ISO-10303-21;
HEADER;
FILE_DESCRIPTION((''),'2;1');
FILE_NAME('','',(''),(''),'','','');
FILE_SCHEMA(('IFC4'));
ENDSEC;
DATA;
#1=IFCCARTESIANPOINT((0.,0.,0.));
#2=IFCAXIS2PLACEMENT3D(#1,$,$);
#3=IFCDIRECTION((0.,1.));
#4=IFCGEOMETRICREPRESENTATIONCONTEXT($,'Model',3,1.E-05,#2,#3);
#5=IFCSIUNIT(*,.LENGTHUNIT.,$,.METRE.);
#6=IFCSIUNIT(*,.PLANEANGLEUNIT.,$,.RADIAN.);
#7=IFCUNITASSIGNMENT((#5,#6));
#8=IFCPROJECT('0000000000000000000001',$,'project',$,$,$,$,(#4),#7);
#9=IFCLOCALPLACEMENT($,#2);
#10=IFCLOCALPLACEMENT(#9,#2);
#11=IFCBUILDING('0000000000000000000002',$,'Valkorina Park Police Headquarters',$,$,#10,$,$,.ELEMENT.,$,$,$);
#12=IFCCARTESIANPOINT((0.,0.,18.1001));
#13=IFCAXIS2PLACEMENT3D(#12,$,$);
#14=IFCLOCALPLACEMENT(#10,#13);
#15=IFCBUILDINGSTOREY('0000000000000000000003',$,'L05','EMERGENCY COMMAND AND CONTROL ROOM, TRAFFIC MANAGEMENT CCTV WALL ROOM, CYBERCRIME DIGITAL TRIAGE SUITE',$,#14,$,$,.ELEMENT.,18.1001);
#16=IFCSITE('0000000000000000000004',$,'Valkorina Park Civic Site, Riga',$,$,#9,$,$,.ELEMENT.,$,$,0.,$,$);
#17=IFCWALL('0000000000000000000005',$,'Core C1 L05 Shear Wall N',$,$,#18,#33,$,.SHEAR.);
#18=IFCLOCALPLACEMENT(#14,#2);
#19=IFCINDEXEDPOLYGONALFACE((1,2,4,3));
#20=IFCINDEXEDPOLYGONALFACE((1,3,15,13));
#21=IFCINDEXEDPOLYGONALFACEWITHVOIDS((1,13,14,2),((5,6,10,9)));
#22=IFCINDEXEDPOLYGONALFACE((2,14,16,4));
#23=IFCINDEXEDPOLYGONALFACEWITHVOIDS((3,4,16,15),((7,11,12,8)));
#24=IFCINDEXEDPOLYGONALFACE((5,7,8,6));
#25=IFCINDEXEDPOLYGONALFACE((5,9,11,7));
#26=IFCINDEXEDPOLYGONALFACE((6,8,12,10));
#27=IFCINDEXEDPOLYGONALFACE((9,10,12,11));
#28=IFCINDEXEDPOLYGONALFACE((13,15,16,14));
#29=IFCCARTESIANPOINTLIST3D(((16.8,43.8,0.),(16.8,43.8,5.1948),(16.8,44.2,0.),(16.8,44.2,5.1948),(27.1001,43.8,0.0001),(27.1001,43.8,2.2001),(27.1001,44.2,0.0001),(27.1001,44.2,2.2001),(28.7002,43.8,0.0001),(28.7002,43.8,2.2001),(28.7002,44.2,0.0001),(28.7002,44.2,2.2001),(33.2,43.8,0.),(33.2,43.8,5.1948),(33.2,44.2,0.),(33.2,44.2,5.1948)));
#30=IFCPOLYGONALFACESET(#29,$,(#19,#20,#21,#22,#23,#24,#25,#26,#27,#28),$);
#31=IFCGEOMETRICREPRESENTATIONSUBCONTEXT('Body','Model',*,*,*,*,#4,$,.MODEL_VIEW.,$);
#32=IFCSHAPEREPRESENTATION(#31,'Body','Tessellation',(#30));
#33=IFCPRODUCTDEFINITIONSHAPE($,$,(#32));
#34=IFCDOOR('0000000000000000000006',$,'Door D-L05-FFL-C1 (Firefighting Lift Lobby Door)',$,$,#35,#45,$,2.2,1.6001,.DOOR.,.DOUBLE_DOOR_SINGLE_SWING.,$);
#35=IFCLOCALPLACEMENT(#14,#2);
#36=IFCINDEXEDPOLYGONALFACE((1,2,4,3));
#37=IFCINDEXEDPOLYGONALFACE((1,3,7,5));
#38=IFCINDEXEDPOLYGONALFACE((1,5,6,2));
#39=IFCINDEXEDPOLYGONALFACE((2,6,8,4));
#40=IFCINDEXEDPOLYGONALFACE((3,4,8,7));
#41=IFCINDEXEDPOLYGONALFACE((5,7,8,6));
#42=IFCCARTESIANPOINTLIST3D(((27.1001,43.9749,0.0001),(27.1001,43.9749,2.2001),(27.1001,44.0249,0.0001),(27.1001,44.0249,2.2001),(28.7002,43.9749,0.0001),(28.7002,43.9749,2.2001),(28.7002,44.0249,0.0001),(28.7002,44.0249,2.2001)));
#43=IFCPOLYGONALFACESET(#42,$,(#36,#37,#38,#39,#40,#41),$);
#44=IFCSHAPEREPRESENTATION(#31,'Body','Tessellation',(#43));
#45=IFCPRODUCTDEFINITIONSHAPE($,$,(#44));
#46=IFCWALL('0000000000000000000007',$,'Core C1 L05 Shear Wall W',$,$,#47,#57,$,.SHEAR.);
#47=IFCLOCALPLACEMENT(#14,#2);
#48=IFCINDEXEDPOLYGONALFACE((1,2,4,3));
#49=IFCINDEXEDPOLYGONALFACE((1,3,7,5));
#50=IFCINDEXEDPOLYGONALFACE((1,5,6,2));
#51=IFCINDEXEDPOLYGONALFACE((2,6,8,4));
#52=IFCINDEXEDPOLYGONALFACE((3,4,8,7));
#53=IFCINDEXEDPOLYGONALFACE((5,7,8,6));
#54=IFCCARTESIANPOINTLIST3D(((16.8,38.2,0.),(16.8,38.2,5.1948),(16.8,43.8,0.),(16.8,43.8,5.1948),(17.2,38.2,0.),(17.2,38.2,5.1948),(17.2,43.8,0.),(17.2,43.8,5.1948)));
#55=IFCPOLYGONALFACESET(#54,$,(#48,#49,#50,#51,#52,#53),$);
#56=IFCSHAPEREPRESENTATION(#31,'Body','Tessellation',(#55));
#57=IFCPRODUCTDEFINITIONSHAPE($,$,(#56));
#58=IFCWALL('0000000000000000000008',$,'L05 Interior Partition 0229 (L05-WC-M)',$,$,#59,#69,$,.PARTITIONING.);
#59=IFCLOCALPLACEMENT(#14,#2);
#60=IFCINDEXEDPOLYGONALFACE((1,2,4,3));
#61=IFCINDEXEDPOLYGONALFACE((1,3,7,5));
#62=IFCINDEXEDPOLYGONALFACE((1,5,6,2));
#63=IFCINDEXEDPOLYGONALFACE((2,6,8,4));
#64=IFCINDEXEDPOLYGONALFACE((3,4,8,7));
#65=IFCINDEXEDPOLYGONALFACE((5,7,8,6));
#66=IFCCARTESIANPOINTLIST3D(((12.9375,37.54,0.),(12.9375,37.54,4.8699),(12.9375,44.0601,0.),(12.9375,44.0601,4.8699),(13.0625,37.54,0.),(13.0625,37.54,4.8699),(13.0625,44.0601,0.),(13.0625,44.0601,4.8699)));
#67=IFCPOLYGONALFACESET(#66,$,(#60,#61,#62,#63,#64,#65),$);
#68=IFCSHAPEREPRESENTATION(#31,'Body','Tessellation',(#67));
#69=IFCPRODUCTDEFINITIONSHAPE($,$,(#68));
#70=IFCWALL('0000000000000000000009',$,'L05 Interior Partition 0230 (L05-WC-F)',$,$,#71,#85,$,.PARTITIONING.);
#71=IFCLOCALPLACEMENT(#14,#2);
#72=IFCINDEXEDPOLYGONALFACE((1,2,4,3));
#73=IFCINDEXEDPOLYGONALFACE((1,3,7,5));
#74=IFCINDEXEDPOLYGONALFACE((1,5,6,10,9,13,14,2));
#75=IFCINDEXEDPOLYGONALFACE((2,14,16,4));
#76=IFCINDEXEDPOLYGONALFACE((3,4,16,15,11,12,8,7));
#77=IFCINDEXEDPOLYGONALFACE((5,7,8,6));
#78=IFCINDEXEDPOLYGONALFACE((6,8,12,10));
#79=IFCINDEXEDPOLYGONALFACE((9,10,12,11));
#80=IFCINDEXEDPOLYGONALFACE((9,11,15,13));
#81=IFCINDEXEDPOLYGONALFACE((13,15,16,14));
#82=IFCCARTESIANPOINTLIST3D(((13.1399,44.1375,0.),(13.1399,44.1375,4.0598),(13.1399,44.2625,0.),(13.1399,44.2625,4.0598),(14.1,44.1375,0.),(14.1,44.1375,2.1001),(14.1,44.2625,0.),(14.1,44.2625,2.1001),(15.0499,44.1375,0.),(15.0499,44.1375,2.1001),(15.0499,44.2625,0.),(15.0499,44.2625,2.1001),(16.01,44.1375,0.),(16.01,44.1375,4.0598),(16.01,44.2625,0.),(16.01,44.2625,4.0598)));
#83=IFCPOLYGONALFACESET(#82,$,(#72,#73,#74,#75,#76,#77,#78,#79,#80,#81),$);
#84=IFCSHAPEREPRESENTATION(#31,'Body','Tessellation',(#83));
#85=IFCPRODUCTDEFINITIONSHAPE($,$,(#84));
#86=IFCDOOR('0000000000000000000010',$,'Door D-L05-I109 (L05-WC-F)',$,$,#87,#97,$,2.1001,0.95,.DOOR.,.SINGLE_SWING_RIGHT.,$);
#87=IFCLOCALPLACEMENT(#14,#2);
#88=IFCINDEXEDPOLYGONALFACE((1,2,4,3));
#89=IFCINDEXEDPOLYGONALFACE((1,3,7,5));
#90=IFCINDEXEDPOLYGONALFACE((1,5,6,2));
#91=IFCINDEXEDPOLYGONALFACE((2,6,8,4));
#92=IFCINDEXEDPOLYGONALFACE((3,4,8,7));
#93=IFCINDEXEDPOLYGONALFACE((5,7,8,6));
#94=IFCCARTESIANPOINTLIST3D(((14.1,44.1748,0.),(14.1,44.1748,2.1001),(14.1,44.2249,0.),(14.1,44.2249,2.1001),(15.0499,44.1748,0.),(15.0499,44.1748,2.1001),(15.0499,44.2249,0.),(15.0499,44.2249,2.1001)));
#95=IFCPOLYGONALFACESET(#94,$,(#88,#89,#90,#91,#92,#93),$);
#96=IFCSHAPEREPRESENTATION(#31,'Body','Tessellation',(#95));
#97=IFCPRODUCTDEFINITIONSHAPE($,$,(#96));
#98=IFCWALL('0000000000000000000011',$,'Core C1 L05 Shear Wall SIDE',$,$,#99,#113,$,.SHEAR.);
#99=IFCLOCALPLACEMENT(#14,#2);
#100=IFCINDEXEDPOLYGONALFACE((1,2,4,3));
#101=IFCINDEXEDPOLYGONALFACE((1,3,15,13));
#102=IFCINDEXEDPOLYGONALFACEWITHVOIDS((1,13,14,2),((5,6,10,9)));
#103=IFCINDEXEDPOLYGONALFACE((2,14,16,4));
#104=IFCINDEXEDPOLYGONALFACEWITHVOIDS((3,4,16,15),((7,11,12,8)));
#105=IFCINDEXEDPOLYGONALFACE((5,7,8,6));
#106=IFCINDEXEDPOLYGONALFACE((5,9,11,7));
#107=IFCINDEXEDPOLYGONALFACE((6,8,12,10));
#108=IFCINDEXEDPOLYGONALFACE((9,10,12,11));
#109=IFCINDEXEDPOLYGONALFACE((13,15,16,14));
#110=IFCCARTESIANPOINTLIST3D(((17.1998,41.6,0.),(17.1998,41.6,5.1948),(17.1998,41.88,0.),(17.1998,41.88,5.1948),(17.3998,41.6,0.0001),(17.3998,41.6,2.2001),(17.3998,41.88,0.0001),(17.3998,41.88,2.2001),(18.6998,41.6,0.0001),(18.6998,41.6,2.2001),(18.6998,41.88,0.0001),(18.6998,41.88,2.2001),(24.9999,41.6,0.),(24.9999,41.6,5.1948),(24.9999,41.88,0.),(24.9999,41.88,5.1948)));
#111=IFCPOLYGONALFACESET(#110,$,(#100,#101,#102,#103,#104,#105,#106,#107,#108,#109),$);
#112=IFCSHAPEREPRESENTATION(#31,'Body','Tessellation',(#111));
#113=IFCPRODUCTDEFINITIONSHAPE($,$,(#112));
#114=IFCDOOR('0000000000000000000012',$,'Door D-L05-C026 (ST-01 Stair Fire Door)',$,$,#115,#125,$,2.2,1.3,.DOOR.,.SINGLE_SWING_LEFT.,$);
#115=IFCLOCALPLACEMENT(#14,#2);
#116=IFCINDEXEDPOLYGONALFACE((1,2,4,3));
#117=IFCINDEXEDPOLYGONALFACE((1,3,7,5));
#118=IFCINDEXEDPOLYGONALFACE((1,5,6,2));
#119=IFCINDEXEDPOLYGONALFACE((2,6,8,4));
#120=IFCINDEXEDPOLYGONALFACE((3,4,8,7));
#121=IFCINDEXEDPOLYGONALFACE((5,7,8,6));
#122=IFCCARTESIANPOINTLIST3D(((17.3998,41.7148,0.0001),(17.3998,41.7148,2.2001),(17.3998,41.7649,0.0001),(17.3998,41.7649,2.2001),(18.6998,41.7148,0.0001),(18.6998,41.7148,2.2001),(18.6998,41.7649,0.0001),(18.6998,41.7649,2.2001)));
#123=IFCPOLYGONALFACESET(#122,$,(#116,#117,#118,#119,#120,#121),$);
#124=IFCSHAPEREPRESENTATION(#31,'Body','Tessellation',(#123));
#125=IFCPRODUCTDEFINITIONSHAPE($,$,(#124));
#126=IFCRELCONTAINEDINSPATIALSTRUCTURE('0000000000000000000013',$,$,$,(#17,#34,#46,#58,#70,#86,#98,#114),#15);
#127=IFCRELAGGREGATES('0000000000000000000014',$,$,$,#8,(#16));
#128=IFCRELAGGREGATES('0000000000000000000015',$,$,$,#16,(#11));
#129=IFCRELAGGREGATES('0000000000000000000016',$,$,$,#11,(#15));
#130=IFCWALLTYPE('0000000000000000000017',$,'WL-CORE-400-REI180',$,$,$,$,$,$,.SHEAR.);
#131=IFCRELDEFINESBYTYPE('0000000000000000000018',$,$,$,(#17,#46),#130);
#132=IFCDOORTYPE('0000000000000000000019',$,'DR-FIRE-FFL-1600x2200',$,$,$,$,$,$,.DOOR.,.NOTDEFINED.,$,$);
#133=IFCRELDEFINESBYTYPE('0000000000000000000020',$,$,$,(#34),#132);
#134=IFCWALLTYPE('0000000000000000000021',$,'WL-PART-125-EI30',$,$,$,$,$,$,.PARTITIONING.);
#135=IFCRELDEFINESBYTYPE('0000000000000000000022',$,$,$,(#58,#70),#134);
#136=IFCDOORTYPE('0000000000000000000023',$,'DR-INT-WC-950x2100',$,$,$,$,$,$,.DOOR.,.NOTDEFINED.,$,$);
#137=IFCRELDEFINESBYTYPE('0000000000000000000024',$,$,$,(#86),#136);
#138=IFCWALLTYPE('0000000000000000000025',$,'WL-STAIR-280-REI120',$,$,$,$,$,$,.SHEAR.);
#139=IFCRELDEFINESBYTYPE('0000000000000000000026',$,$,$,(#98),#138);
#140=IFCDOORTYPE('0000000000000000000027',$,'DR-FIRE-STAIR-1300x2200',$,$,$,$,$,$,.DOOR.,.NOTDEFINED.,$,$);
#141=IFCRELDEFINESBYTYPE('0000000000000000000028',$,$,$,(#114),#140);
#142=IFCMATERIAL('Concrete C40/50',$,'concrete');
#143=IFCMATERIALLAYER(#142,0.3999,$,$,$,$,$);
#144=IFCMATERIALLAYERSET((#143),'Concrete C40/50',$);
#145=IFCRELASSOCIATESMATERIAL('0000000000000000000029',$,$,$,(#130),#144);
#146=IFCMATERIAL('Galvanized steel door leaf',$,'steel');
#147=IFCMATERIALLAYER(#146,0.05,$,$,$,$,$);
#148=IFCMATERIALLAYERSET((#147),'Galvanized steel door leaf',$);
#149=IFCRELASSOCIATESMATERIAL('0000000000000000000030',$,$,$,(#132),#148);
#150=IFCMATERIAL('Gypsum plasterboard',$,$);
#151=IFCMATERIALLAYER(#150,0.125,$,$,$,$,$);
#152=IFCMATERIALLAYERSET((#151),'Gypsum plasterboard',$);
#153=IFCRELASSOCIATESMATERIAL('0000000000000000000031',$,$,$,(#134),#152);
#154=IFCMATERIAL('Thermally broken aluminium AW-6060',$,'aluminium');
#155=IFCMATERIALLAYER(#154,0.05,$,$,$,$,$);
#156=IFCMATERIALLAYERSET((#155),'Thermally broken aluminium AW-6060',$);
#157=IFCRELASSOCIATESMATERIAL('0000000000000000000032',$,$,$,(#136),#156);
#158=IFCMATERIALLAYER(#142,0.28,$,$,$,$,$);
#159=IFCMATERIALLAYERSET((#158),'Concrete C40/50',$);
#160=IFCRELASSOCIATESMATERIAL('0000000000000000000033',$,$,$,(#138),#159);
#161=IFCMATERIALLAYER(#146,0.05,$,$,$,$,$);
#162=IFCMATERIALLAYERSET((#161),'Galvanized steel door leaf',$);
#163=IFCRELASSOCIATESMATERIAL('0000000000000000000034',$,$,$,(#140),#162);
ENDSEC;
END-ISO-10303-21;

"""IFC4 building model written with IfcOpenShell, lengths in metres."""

from ifc_helpers import new_model, si_unit, direction, frame, frame_2d, origin, place, context, subcontext, project, spatial, rectangle, extrude, material, layer, layer_set, type_object, element, fill, save


model = new_model("IFC4")

# Units and contexts
model_context = context("Model", 3, precision=1e-05, world=origin(), true_north=direction((0.0, 1.0)))
body_context = subcontext(model_context, "Body", "Model", "MODEL_VIEW")
ifc_project = project(units=[si_unit("LENGTHUNIT", "METRE"), si_unit("PLANEANGLEUNIT", "RADIAN")], contexts=[model_context])

# Site, building, storey
site_placement = place(None, origin())
site = spatial("IfcSite", under=ifc_project, at=site_placement, Name="Valkorina Park Civic Site, Riga", CompositionType="ELEMENT", RefElevation=0.0)
building_placement = place(site_placement, origin())
building = spatial("IfcBuilding", under=site, at=building_placement, Name="Valkorina Park Police Headquarters", CompositionType="ELEMENT")
storey_placement = place(building_placement, frame((0.0, 0.0, 18.1001)))
storey = spatial("IfcBuildingStorey", under=building, at=storey_placement, Name="L05", Description="EMERGENCY COMMAND AND CONTROL ROOM, TRAFFIC MANAGEMENT CCTV WALL ROOM, CYBERCRIME DIGITAL TRIAGE SUITE", CompositionType="ELEMENT", Elevation=18.1001)

# Shared definitions
ifc_material_1 = material(Name="Thermally broken aluminium AW-6060", Category="aluminium")

# Shared definitions
ifc_material_2 = material(Name="Concrete C40/50", Category="concrete")
ifc_layer_1 = layer(ifc_material_2, 0.3999)
ifc_layer_set_1 = layer_set([ifc_layer_1], Name="Concrete C40/50")
wall_type_1 = type_object("IfcWallType", Name="WL-CORE-400-REI180", PredefinedType="SHEAR", material=ifc_layer_set_1)

# Wall, opening, door
wall_1_placement = place(storey_placement, frame((16.8, 44.0, 0.0), z_axis=(0.0, 0.0, 1.0), x_axis=(1.0, 0.0, 0.0)))
wall_1 = element("IfcWall", 1, at=wall_1_placement, inside=storey, type_object=wall_type_1, Name="Core C1 L05 Shear Wall N", PredefinedType="SHEAR", context=body_context, shape_type="SweptSolid", body=[
    extrude(rectangle(XDim=16.3999, YDim=0.3999, at=frame_2d((8.2, 0.0))), origin(), (0.0, 0.0, 1.0), 5.1948),
])
opening_1_placement = place(wall_1_placement, frame((10.3, 0.0, 0.0)))
opening_1 = element("IfcOpeningElement", 2, at=opening_1_placement, cuts=wall_1, PredefinedType="OPENING", context=body_context, shape_type="SweptSolid", body=[
    extrude(rectangle(XDim=1.6001, YDim=2.2, at=frame_2d((0.8, 1.1001))), frame((0.0, 0.21, 0.0), z_axis=(0.0, -1.0, 0.0), x_axis=(1.0, 0.0, 0.0)), (0.0, 0.0, 1.0), 0.4199),
])
ifc_material_3 = material(Name="Galvanized steel door leaf", Category="steel")
ifc_layer_2 = layer(ifc_material_3, 0.05)
ifc_layer_set_2 = layer_set([ifc_layer_2], Name="Galvanized steel door leaf")
door_type_1 = type_object("IfcDoorType", Name="DR-FIRE-FFL-1600x2200", OperationType="NOTDEFINED", PredefinedType="DOOR", material=ifc_layer_set_2)
door_1_placement = place(opening_1_placement, origin())
door_1 = element("IfcDoor", 3, at=door_1_placement, inside=storey, type_object=door_type_1, Name="Door D-L05-FFL-C1 (Firefighting Lift Lobby Door)", OperationType="DOUBLE_DOOR_SINGLE_SWING", OverallHeight=2.2, OverallWidth=1.6001, PredefinedType="DOOR", context=body_context, shape_type="SweptSolid", body=[
    extrude(rectangle(XDim=1.6001, YDim=2.2, at=frame_2d((0.8, 1.1001))), frame((0.0, 0.0249, 0.0), z_axis=(0.0, -1.0, 0.0), x_axis=(1.0, 0.0, 0.0)), (0.0, 0.0, 1.0), 0.05),
])
fill(opening_1, door_1)

# Walls
wall_2_placement = place(storey_placement, frame((17.0, 38.2, 0.0), z_axis=(0.0, 0.0, 1.0), x_axis=(0.0, 1.0, 0.0)))
element("IfcWall", 4, at=wall_2_placement, inside=storey, type_object=wall_type_1, Name="Core C1 L05 Shear Wall W", PredefinedType="SHEAR", context=body_context, shape_type="SweptSolid", body=[
    extrude(rectangle(XDim=5.6001, YDim=0.3999, at=frame_2d((2.8, 0.0))), origin(), (0.0, 0.0, 1.0), 5.1948),
])
ifc_material_4 = material(Name="Gypsum plasterboard")
ifc_layer_3 = layer(ifc_material_4, 0.125)
ifc_layer_set_3 = layer_set([ifc_layer_3], Name="Gypsum plasterboard")
wall_type_2 = type_object("IfcWallType", Name="WL-PART-125-EI30", PredefinedType="PARTITIONING", material=ifc_layer_set_3)
wall_3_placement = place(storey_placement, frame((13.0, 37.54, 0.0), z_axis=(0.0, 0.0, 1.0), x_axis=(0.0, 1.0, 0.0)))
element("IfcWall", 5, at=wall_3_placement, inside=storey, type_object=wall_type_2, Name="L05 Interior Partition 0229 (L05-WC-M)", PredefinedType="PARTITIONING", context=body_context, shape_type="SweptSolid", body=[
    extrude(rectangle(XDim=6.52, YDim=0.125, at=frame_2d((3.26, 0.0))), origin(), (0.0, 0.0, 1.0), 4.8699),
])

# Walls, openings, doors
wall_4_placement = place(storey_placement, frame((13.1399, 44.2, 0.0), z_axis=(0.0, 0.0, 1.0), x_axis=(1.0, 0.0, 0.0)))
wall_4 = element("IfcWall", 6, at=wall_4_placement, inside=storey, type_object=wall_type_2, Name="L05 Interior Partition 0230 (L05-WC-F)", PredefinedType="PARTITIONING", context=body_context, shape_type="SweptSolid", body=[
    extrude(rectangle(XDim=2.8701, YDim=0.125, at=frame_2d((1.4351, 0.0))), origin(), (0.0, 0.0, 1.0), 4.0598),
])
opening_2_placement = place(wall_4_placement, frame((0.96, 0.0, 0.0)))
opening_2 = element("IfcOpeningElement", 7, at=opening_2_placement, cuts=wall_4, PredefinedType="OPENING", context=body_context, shape_type="SweptSolid", body=[
    extrude(rectangle(XDim=0.95, YDim=2.1001, at=frame_2d((0.4751, 1.05))), frame((0.0, 0.0725, 0.0), z_axis=(0.0, -1.0, 0.0), x_axis=(1.0, 0.0, 0.0)), (0.0, 0.0, 1.0), 0.145),
])
ifc_layer_4 = layer(ifc_material_1, 0.05)
ifc_layer_set_4 = layer_set([ifc_layer_4], Name="Thermally broken aluminium AW-6060")
door_type_2 = type_object("IfcDoorType", Name="DR-INT-WC-950x2100", OperationType="NOTDEFINED", PredefinedType="DOOR", material=ifc_layer_set_4)
door_2_placement = place(opening_2_placement, origin())
door_2 = element("IfcDoor", 8, at=door_2_placement, inside=storey, type_object=door_type_2, Name="Door D-L05-I109 (L05-WC-F)", OperationType="SINGLE_SWING_RIGHT", OverallHeight=2.1001, OverallWidth=0.95, PredefinedType="DOOR", context=body_context, shape_type="SweptSolid", body=[
    extrude(rectangle(XDim=0.95, YDim=2.1001, at=frame_2d((0.4751, 1.05))), frame((0.0, 0.0249, 0.0), z_axis=(0.0, -1.0, 0.0), x_axis=(1.0, 0.0, 0.0)), (0.0, 0.0, 1.0), 0.05),
])
fill(opening_2, door_2)
ifc_layer_5 = layer(ifc_material_2, 0.28)
ifc_layer_set_5 = layer_set([ifc_layer_5], Name="Concrete C40/50")
wall_type_3 = type_object("IfcWallType", Name="WL-STAIR-280-REI120", PredefinedType="SHEAR", material=ifc_layer_set_5)
wall_5_placement = place(storey_placement, frame((17.2, 41.74, 0.0), z_axis=(0.0, 0.0, 1.0), x_axis=(1.0, 0.0, 0.0)))
wall_5 = element("IfcWall", 9, at=wall_5_placement, inside=storey, type_object=wall_type_3, Name="Core C1 L05 Shear Wall SIDE", PredefinedType="SHEAR", context=body_context, shape_type="SweptSolid", body=[
    extrude(rectangle(XDim=7.8, YDim=0.28, at=frame_2d((3.8999, 0.0))), origin(), (0.0, 0.0, 1.0), 5.1948),
])
opening_3_placement = place(wall_5_placement, frame((0.2, 0.0, 0.0)))
opening_3 = element("IfcOpeningElement", 10, at=opening_3_placement, cuts=wall_5, PredefinedType="OPENING", context=body_context, shape_type="SweptSolid", body=[
    extrude(rectangle(XDim=1.3, YDim=2.2, at=frame_2d((0.6499, 1.1001))), frame((0.0, 0.1499, 0.0), z_axis=(0.0, -1.0, 0.0), x_axis=(1.0, 0.0, 0.0)), (0.0, 0.0, 1.0), 0.3),
])
ifc_layer_6 = layer(ifc_material_3, 0.05)
ifc_layer_set_6 = layer_set([ifc_layer_6], Name="Galvanized steel door leaf")
door_type_3 = type_object("IfcDoorType", Name="DR-FIRE-STAIR-1300x2200", OperationType="NOTDEFINED", PredefinedType="DOOR", material=ifc_layer_set_6)
door_3_placement = place(opening_3_placement, origin())
door_3 = element("IfcDoor", 11, at=door_3_placement, inside=storey, type_object=door_type_3, Name="Door D-L05-C026 (ST-01 Stair Fire Door)", OperationType="SINGLE_SWING_LEFT", OverallHeight=2.2, OverallWidth=1.3, PredefinedType="DOOR", context=body_context, shape_type="SweptSolid", body=[
    extrude(rectangle(XDim=1.3, YDim=2.2, at=frame_2d((0.6499, 1.1001))), frame((0.0, 0.0249, 0.0), z_axis=(0.0, -1.0, 0.0), x_axis=(1.0, 0.0, 0.0)), (0.0, 0.0, 1.0), 0.05),
])
fill(opening_3, door_3)

save(model, "model.ifc")
